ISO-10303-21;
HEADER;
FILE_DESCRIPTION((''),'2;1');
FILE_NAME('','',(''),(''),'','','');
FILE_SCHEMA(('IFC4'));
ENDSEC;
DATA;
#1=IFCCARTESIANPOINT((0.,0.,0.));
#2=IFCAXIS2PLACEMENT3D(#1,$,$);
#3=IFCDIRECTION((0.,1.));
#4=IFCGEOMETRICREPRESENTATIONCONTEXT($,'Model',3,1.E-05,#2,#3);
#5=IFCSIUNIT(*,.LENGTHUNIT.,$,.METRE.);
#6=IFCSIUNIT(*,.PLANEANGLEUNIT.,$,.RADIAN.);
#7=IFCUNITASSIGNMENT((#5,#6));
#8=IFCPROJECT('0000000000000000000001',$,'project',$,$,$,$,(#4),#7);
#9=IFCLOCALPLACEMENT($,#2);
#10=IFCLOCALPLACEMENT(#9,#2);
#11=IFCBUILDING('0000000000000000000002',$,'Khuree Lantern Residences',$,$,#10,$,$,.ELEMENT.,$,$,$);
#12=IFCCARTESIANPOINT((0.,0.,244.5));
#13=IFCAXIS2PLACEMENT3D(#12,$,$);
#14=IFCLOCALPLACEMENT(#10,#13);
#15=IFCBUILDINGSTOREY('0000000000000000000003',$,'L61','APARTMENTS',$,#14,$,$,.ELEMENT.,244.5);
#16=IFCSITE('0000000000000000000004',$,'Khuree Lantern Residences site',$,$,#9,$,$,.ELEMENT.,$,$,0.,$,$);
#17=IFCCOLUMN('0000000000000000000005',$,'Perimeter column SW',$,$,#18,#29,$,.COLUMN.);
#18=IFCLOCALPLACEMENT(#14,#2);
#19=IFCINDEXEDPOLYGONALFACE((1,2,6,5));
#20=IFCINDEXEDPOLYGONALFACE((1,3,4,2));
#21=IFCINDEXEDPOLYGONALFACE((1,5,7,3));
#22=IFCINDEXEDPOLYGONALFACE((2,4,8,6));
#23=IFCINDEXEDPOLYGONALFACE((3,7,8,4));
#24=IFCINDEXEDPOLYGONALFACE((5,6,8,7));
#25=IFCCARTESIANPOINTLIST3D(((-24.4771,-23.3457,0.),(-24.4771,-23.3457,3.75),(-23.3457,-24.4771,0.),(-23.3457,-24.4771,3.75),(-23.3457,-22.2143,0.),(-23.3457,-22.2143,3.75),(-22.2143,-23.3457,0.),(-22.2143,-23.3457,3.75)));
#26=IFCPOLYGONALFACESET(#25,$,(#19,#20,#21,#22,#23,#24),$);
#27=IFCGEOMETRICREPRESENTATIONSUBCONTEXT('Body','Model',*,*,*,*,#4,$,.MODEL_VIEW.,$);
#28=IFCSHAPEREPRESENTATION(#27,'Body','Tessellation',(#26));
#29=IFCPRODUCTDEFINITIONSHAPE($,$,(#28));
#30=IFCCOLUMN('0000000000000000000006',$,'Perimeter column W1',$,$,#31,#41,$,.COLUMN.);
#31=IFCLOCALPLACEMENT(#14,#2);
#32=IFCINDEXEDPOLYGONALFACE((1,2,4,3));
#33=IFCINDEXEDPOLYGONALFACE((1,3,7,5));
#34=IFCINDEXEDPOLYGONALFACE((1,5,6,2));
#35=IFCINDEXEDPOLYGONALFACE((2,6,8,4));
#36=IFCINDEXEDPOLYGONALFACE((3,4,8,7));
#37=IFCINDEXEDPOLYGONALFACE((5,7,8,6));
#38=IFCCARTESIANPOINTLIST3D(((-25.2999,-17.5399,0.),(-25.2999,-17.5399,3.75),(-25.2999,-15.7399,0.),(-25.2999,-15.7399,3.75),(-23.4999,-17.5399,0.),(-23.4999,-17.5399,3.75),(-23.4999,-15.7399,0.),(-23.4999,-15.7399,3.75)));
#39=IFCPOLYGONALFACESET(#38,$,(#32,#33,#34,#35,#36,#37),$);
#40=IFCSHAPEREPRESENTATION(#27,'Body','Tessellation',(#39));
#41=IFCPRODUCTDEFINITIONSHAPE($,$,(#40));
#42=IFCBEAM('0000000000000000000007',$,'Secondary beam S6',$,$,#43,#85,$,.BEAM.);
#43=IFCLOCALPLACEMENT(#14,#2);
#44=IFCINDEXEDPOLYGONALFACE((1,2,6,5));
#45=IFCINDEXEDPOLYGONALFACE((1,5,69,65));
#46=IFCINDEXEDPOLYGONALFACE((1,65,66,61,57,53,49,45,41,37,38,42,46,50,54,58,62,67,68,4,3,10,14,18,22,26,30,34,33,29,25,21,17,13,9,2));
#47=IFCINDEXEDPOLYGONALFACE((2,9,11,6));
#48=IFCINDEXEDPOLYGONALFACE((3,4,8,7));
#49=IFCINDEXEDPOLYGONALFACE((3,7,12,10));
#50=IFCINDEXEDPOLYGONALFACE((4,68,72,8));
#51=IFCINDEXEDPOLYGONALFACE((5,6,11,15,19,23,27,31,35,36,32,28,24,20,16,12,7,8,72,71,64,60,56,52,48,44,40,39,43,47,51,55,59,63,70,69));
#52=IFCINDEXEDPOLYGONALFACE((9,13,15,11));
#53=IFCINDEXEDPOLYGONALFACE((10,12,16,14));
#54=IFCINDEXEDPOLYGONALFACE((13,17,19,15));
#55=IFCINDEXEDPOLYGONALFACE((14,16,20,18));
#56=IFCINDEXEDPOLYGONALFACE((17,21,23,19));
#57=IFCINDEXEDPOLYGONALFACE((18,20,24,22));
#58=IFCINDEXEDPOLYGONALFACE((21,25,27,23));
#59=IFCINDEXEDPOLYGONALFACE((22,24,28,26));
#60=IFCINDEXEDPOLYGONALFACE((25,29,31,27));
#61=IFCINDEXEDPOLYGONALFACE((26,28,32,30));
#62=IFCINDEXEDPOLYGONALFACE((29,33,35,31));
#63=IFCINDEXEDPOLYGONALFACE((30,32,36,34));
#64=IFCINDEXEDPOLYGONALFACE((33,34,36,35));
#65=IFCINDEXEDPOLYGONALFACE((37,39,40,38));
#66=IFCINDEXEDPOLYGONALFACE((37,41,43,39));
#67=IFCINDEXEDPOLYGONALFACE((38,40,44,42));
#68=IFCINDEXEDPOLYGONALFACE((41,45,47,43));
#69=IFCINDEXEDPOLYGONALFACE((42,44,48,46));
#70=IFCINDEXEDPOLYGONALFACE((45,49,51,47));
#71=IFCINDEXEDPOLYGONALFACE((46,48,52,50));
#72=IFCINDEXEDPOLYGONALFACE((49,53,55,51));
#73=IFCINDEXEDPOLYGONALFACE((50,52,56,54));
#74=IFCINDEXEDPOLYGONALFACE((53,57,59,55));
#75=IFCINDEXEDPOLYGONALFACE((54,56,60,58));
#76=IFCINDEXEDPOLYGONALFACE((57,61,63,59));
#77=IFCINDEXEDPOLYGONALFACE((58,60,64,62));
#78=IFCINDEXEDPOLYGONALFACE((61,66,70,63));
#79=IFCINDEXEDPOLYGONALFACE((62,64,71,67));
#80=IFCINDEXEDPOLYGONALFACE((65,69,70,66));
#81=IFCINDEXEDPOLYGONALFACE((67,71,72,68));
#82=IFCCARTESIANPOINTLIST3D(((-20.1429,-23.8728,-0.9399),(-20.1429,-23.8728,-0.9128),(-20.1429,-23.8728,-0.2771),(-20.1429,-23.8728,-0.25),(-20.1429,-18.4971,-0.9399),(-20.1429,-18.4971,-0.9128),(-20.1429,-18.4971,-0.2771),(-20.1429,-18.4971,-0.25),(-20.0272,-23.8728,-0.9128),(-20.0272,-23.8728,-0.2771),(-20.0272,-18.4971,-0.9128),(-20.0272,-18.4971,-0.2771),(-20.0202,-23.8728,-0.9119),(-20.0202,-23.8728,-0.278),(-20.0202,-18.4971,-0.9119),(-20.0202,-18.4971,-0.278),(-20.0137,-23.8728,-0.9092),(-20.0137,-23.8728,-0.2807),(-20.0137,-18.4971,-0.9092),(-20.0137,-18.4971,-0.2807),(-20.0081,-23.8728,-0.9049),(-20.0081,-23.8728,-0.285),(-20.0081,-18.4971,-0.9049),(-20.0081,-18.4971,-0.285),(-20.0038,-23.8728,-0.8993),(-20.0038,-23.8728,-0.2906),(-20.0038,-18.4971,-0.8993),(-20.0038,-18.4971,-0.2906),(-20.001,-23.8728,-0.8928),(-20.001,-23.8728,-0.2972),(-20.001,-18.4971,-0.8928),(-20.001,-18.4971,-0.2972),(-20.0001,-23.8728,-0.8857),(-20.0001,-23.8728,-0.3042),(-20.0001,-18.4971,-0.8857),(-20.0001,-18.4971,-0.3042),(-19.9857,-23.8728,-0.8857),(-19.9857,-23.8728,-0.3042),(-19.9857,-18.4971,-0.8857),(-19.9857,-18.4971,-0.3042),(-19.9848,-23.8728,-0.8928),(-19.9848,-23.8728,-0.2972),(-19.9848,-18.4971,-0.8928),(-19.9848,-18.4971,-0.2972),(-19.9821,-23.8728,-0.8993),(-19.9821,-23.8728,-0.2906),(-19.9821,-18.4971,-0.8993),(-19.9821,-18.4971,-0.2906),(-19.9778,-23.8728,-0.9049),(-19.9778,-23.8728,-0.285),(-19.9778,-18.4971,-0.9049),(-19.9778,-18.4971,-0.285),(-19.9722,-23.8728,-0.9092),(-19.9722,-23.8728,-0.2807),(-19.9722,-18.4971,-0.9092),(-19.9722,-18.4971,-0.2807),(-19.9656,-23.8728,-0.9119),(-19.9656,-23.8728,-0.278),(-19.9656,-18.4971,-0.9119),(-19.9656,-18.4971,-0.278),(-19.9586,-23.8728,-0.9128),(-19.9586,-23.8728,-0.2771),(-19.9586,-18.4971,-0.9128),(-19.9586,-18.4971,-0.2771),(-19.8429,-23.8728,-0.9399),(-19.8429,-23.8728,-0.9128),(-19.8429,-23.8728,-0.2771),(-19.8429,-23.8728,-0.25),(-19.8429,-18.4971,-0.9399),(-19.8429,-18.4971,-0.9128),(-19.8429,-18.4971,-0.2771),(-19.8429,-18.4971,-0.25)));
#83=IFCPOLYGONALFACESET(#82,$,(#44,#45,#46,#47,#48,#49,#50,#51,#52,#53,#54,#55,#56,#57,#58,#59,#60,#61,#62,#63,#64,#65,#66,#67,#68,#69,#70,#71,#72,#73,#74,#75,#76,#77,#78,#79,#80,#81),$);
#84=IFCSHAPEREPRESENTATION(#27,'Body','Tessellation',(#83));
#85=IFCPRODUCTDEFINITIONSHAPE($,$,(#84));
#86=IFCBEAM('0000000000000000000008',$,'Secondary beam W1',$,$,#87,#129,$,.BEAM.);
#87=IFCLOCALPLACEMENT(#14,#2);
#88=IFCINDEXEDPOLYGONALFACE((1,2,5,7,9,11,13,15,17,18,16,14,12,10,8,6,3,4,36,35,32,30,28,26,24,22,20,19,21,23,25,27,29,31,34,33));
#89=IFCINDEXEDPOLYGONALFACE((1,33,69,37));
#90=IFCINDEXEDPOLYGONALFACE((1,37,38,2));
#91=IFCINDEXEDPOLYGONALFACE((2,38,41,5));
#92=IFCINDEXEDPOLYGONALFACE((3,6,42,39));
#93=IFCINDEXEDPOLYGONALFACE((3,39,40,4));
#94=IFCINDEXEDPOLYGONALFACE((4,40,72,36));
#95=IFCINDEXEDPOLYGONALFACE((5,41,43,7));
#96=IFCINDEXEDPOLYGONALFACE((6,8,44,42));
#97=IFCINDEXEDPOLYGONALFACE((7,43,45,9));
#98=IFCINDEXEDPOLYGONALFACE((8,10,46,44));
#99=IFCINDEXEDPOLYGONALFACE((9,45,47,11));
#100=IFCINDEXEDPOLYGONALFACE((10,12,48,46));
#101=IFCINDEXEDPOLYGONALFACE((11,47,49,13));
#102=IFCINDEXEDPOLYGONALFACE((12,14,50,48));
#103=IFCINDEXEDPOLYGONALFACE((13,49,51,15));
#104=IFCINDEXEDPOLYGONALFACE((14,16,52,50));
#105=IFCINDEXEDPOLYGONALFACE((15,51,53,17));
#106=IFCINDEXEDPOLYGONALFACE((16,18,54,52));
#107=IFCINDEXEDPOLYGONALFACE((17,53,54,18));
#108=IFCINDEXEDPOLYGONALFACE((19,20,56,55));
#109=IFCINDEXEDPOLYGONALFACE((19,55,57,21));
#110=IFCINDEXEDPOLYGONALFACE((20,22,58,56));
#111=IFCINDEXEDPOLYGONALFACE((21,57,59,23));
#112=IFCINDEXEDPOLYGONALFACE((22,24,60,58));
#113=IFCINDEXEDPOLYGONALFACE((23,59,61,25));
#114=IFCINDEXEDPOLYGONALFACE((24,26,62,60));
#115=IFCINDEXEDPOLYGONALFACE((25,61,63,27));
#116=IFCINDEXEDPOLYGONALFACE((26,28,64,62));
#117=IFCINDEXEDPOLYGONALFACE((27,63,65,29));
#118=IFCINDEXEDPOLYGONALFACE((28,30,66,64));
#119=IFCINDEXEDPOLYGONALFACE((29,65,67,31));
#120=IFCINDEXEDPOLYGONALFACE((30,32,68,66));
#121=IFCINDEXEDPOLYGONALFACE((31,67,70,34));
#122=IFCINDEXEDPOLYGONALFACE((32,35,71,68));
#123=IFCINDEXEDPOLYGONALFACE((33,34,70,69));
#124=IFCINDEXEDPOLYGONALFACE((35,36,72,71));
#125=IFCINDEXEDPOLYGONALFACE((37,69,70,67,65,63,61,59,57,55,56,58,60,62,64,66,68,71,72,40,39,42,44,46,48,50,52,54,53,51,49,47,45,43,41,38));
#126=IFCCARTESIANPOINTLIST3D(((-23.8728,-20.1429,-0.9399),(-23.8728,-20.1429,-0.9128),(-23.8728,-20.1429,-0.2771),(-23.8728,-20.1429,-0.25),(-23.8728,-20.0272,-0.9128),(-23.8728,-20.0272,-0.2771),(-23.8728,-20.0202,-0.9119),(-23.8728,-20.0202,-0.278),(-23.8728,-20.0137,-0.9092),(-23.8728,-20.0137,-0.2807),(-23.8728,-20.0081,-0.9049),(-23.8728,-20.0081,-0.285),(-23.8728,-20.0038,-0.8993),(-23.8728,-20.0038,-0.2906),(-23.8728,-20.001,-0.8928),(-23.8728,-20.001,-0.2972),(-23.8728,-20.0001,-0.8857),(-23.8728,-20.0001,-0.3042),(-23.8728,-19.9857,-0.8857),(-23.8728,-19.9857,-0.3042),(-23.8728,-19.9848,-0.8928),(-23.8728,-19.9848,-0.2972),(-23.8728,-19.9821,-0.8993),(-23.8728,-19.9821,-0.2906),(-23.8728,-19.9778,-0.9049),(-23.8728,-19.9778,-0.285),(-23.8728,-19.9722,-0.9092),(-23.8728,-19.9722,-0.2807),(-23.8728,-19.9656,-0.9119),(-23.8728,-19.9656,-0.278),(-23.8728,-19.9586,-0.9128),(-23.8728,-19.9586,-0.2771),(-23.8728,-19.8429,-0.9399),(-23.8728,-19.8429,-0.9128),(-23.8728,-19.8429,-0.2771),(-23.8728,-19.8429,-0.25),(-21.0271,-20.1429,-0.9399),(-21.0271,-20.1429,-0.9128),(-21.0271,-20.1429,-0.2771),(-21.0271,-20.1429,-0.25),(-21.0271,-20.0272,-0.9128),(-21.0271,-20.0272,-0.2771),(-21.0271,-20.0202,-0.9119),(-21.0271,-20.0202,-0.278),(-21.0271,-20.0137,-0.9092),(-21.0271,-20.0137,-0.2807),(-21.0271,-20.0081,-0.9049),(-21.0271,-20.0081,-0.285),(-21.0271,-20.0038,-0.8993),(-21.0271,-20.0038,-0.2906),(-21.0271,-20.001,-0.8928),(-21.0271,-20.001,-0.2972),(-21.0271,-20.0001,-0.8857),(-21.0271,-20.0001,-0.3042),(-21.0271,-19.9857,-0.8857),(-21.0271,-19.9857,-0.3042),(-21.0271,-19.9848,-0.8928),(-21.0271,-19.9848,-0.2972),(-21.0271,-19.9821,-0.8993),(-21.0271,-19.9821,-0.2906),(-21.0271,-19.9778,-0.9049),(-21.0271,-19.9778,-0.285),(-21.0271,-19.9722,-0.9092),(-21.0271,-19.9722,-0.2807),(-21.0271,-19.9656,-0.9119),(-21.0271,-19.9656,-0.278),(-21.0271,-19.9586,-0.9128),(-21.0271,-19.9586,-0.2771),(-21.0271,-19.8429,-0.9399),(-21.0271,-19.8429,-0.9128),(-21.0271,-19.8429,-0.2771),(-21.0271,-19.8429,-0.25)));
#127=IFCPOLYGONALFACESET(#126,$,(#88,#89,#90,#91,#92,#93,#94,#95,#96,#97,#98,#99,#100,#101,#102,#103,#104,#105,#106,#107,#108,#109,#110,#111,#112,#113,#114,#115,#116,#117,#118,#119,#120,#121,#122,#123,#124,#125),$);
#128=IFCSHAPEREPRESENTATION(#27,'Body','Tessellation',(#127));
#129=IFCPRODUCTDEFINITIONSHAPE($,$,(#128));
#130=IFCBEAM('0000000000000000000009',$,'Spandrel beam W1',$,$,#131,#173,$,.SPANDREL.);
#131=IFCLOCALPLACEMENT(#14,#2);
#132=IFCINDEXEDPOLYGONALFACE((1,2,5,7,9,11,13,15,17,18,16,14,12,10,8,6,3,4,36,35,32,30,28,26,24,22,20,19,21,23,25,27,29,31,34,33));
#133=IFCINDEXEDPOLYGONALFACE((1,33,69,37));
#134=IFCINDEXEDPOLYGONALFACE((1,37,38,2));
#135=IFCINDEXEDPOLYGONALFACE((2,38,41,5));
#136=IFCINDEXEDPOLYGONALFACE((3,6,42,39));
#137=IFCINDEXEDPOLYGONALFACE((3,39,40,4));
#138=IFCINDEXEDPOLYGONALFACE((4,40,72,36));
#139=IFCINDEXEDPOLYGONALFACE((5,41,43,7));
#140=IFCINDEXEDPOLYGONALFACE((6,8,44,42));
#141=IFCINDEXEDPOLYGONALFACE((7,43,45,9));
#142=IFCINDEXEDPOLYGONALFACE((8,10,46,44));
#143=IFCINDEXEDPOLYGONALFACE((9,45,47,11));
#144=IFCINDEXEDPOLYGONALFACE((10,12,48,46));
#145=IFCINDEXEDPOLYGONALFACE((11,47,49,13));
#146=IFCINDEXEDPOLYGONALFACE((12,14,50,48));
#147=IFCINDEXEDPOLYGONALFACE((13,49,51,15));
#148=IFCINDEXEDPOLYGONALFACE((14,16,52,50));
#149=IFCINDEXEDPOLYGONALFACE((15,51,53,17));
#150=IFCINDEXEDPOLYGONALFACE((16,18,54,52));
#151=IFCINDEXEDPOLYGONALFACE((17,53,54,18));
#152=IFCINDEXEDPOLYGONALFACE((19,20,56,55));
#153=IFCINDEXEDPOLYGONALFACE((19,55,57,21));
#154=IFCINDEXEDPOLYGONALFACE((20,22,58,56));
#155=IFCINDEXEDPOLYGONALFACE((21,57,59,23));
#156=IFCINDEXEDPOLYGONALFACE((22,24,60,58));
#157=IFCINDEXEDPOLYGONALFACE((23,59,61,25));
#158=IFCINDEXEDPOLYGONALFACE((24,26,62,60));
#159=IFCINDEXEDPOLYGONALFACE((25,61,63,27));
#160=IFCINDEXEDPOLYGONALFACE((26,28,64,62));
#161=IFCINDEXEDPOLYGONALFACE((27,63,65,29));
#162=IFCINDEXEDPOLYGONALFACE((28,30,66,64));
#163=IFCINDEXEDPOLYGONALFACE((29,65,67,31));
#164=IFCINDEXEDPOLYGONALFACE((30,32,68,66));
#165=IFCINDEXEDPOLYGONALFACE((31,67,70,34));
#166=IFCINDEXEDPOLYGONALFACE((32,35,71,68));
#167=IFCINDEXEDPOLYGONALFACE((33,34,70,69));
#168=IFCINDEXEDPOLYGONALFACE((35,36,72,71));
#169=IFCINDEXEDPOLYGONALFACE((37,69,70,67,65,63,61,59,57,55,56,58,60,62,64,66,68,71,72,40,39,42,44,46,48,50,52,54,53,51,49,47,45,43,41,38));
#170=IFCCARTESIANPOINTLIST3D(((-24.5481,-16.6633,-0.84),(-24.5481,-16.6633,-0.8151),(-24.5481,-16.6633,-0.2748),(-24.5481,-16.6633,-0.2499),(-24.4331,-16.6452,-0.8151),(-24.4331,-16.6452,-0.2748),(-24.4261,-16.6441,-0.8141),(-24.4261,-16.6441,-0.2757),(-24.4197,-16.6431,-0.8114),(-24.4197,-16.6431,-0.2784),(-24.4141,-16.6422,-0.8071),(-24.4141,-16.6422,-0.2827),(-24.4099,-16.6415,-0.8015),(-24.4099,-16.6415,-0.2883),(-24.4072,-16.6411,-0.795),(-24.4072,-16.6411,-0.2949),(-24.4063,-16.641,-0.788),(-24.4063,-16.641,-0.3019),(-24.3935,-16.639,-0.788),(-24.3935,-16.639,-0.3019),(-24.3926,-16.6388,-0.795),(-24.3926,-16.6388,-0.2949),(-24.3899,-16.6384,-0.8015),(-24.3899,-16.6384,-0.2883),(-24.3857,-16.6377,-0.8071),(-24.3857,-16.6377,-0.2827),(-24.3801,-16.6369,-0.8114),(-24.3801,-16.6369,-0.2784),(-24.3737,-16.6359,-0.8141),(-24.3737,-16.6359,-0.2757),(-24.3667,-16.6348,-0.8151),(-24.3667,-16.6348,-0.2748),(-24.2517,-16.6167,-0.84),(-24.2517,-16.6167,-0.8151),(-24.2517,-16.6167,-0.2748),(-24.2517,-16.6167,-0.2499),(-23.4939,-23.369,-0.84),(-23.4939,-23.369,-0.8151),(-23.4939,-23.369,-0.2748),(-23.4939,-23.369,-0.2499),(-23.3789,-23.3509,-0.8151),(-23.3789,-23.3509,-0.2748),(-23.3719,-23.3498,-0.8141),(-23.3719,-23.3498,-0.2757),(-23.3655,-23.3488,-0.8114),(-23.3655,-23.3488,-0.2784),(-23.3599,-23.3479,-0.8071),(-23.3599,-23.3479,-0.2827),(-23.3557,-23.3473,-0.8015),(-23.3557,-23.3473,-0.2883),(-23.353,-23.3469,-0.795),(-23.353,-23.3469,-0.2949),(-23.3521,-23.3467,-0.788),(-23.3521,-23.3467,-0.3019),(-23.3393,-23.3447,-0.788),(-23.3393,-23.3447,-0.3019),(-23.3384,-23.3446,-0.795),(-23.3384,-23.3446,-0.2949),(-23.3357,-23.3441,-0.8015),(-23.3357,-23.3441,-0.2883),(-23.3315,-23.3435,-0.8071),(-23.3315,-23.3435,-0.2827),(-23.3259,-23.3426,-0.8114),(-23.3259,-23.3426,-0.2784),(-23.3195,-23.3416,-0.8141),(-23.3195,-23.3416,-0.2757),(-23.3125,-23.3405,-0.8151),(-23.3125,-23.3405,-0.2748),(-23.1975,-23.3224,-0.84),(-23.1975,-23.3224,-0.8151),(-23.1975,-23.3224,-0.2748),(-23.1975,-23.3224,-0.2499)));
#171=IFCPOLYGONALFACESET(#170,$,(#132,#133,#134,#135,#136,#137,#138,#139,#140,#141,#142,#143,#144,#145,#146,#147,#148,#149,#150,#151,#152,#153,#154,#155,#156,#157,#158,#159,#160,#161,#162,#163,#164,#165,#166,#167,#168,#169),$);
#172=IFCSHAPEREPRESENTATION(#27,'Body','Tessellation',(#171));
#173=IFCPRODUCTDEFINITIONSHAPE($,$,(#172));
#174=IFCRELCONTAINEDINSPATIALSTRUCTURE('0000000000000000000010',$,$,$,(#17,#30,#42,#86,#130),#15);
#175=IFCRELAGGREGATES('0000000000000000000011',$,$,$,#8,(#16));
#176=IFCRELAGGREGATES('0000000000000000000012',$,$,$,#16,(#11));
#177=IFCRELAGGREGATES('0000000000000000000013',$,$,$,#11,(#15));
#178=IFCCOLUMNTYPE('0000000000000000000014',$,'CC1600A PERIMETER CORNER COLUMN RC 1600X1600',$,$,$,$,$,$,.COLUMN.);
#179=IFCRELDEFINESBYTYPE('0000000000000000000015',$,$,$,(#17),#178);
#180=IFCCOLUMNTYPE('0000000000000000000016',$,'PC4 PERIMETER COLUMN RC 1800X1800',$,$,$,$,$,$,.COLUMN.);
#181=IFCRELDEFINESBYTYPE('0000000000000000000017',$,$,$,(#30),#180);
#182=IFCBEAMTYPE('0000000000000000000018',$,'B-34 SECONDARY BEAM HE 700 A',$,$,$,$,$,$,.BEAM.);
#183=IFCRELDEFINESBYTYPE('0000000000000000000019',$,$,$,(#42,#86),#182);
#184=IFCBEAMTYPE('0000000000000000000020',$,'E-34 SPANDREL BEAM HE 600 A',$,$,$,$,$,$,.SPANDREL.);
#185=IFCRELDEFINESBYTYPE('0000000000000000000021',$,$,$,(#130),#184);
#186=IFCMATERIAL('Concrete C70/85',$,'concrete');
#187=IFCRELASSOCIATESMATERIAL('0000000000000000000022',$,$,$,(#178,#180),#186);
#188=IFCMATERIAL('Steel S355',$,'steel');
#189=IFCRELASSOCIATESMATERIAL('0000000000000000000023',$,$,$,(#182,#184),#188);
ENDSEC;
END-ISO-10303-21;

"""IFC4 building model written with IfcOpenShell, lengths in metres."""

from ifc_helpers import new_model, si_unit, direction, frame, origin, origin_2d, place, context, subcontext, project, spatial, rectangle, i_section, extrude, material, material_profile, profile_set, type_object, element, save


model = new_model("IFC4")

# Units and contexts
model_context = context("Model", 3, precision=1e-05, world=origin(), true_north=direction((0.0, 1.0)))
body_context = subcontext(model_context, "Body", "Model", "MODEL_VIEW")
ifc_project = project(units=[si_unit("LENGTHUNIT", "METRE"), si_unit("PLANEANGLEUNIT", "RADIAN")], contexts=[model_context])

# Site, building, storey
site_placement = place(None, origin())
site = spatial("IfcSite", under=ifc_project, at=site_placement, Name="Khuree Lantern Residences site", CompositionType="ELEMENT", RefElevation=0.0)
building_placement = place(site_placement, origin())
building = spatial("IfcBuilding", under=site, at=building_placement, Name="Khuree Lantern Residences", CompositionType="ELEMENT")
storey_placement = place(building_placement, frame((0.0, 0.0, 244.5)))
storey = spatial("IfcBuildingStorey", under=building, at=storey_placement, Name="L61", Description="APARTMENTS", CompositionType="ELEMENT", Elevation=244.5)

# Columns
ifc_material_1 = material(Name="Concrete C70/85", Category="concrete")
ifc_material_profile_1 = material_profile(ifc_material_1, rectangle(XDim=1.6001, YDim=1.6001, at=origin_2d()), Name="RC 1600X1600")
ifc_profile_set_1 = profile_set([ifc_material_profile_1], Name="Concrete C70/85")
column_type_1 = type_object("IfcColumnType", Name="CC1600A PERIMETER CORNER COLUMN RC 1600X1600", PredefinedType="COLUMN", material=ifc_profile_set_1)
column_1_placement = place(storey_placement, frame((-23.3457, -23.3457, 0.0), z_axis=(0.0, 0.0, 1.0), x_axis=(0.707107, -0.707107, 0.0)))
element("IfcColumn", 1, at=column_1_placement, inside=storey, type_object=column_type_1, Name="Perimeter column SW", PredefinedType="COLUMN", context=body_context, shape_type="SweptSolid", body=[
    extrude(rectangle(XDim=1.6001, YDim=1.6001, at=origin_2d()), origin(), (0.0, 0.0, 1.0), 3.75),
])
ifc_material_profile_2 = material_profile(ifc_material_1, rectangle(XDim=1.8, YDim=1.8, at=origin_2d()), Name="RC 1800X1800")
ifc_profile_set_2 = profile_set([ifc_material_profile_2], Name="Concrete C70/85")
column_type_2 = type_object("IfcColumnType", Name="PC4 PERIMETER COLUMN RC 1800X1800", PredefinedType="COLUMN", material=ifc_profile_set_2)
column_2_placement = place(storey_placement, frame((-24.3999, -16.6399, 0.0), z_axis=(0.0, 0.0, 1.0), x_axis=(0.0, 1.0, 0.0)))
element("IfcColumn", 2, at=column_2_placement, inside=storey, type_object=column_type_2, Name="Perimeter column W1", PredefinedType="COLUMN", context=body_context, shape_type="SweptSolid", body=[
    extrude(rectangle(XDim=1.8, YDim=1.8, at=origin_2d()), origin(), (0.0, 0.0, 1.0), 3.75),
])

# Beams
ifc_material_2 = material(Name="Steel S355", Category="steel")
ifc_material_profile_3 = material_profile(ifc_material_2, i_section(OverallWidth=0.3, OverallDepth=0.6899, WebThickness=0.0144, FlangeThickness=0.0271, FilletRadius=0.0271, at=origin_2d()), Name="HE 700 A")
ifc_profile_set_3 = profile_set([ifc_material_profile_3], Name="Steel S355")
beam_type_1 = type_object("IfcBeamType", Name="B-34 SECONDARY BEAM HE 700 A", PredefinedType="BEAM", material=ifc_profile_set_3)
beam_1_placement = place(storey_placement, frame((-19.9929, -23.8728, -0.595), z_axis=(0.0, 1.0, 0.0), x_axis=(-1.0, 0.0, 0.0)))
element("IfcBeam", 3, at=beam_1_placement, inside=storey, type_object=beam_type_1, Name="Secondary beam S6", PredefinedType="BEAM", context=body_context, shape_type="SweptSolid", body=[
    extrude(i_section(OverallWidth=0.3, OverallDepth=0.6899, WebThickness=0.0144, FlangeThickness=0.0271, FilletRadius=0.0271, at=origin_2d()), origin(), (0.0, 0.0, 1.0), 5.3757),
])
beam_2_placement = place(storey_placement, frame((-23.8728, -19.9929, -0.595), z_axis=(1.0, 0.0, 0.0), x_axis=(0.0, 1.0, 0.0)))
element("IfcBeam", 4, at=beam_2_placement, inside=storey, type_object=beam_type_1, Name="Secondary beam W1", PredefinedType="BEAM", context=body_context, shape_type="SweptSolid", body=[
    extrude(i_section(OverallWidth=0.3, OverallDepth=0.6899, WebThickness=0.0144, FlangeThickness=0.0271, FilletRadius=0.0271, at=origin_2d()), origin(), (0.0, 0.0, 1.0), 2.8457),
])
ifc_material_profile_4 = material_profile(ifc_material_2, i_section(OverallWidth=0.3, OverallDepth=0.5901, WebThickness=0.0129, FlangeThickness=0.0249, FilletRadius=0.0271, at=origin_2d()), Name="HE 600 A")
ifc_profile_set_4 = profile_set([ifc_material_profile_4], Name="Steel S355")
beam_type_2 = type_object("IfcBeamType", Name="E-34 SPANDREL BEAM HE 600 A", PredefinedType="SPANDREL", material=ifc_profile_set_4)
beam_3_placement = place(storey_placement, frame((-23.3457, -23.3457, -0.5449), z_axis=(-0.1553, 0.987867, 0.0), x_axis=(-0.987867, -0.1553, 0.0)))
element("IfcBeam", 5, at=beam_3_placement, inside=storey, type_object=beam_type_2, Name="Spandrel beam W1", PredefinedType="SPANDREL", context=body_context, shape_type="SweptSolid", body=[
    extrude(i_section(OverallWidth=0.3, OverallDepth=0.5901, WebThickness=0.0129, FlangeThickness=0.0249, FilletRadius=0.0271, at=origin_2d()), origin(), (0.0, 0.0, 1.0), 6.7881),
])

save(model, "model.ifc")
